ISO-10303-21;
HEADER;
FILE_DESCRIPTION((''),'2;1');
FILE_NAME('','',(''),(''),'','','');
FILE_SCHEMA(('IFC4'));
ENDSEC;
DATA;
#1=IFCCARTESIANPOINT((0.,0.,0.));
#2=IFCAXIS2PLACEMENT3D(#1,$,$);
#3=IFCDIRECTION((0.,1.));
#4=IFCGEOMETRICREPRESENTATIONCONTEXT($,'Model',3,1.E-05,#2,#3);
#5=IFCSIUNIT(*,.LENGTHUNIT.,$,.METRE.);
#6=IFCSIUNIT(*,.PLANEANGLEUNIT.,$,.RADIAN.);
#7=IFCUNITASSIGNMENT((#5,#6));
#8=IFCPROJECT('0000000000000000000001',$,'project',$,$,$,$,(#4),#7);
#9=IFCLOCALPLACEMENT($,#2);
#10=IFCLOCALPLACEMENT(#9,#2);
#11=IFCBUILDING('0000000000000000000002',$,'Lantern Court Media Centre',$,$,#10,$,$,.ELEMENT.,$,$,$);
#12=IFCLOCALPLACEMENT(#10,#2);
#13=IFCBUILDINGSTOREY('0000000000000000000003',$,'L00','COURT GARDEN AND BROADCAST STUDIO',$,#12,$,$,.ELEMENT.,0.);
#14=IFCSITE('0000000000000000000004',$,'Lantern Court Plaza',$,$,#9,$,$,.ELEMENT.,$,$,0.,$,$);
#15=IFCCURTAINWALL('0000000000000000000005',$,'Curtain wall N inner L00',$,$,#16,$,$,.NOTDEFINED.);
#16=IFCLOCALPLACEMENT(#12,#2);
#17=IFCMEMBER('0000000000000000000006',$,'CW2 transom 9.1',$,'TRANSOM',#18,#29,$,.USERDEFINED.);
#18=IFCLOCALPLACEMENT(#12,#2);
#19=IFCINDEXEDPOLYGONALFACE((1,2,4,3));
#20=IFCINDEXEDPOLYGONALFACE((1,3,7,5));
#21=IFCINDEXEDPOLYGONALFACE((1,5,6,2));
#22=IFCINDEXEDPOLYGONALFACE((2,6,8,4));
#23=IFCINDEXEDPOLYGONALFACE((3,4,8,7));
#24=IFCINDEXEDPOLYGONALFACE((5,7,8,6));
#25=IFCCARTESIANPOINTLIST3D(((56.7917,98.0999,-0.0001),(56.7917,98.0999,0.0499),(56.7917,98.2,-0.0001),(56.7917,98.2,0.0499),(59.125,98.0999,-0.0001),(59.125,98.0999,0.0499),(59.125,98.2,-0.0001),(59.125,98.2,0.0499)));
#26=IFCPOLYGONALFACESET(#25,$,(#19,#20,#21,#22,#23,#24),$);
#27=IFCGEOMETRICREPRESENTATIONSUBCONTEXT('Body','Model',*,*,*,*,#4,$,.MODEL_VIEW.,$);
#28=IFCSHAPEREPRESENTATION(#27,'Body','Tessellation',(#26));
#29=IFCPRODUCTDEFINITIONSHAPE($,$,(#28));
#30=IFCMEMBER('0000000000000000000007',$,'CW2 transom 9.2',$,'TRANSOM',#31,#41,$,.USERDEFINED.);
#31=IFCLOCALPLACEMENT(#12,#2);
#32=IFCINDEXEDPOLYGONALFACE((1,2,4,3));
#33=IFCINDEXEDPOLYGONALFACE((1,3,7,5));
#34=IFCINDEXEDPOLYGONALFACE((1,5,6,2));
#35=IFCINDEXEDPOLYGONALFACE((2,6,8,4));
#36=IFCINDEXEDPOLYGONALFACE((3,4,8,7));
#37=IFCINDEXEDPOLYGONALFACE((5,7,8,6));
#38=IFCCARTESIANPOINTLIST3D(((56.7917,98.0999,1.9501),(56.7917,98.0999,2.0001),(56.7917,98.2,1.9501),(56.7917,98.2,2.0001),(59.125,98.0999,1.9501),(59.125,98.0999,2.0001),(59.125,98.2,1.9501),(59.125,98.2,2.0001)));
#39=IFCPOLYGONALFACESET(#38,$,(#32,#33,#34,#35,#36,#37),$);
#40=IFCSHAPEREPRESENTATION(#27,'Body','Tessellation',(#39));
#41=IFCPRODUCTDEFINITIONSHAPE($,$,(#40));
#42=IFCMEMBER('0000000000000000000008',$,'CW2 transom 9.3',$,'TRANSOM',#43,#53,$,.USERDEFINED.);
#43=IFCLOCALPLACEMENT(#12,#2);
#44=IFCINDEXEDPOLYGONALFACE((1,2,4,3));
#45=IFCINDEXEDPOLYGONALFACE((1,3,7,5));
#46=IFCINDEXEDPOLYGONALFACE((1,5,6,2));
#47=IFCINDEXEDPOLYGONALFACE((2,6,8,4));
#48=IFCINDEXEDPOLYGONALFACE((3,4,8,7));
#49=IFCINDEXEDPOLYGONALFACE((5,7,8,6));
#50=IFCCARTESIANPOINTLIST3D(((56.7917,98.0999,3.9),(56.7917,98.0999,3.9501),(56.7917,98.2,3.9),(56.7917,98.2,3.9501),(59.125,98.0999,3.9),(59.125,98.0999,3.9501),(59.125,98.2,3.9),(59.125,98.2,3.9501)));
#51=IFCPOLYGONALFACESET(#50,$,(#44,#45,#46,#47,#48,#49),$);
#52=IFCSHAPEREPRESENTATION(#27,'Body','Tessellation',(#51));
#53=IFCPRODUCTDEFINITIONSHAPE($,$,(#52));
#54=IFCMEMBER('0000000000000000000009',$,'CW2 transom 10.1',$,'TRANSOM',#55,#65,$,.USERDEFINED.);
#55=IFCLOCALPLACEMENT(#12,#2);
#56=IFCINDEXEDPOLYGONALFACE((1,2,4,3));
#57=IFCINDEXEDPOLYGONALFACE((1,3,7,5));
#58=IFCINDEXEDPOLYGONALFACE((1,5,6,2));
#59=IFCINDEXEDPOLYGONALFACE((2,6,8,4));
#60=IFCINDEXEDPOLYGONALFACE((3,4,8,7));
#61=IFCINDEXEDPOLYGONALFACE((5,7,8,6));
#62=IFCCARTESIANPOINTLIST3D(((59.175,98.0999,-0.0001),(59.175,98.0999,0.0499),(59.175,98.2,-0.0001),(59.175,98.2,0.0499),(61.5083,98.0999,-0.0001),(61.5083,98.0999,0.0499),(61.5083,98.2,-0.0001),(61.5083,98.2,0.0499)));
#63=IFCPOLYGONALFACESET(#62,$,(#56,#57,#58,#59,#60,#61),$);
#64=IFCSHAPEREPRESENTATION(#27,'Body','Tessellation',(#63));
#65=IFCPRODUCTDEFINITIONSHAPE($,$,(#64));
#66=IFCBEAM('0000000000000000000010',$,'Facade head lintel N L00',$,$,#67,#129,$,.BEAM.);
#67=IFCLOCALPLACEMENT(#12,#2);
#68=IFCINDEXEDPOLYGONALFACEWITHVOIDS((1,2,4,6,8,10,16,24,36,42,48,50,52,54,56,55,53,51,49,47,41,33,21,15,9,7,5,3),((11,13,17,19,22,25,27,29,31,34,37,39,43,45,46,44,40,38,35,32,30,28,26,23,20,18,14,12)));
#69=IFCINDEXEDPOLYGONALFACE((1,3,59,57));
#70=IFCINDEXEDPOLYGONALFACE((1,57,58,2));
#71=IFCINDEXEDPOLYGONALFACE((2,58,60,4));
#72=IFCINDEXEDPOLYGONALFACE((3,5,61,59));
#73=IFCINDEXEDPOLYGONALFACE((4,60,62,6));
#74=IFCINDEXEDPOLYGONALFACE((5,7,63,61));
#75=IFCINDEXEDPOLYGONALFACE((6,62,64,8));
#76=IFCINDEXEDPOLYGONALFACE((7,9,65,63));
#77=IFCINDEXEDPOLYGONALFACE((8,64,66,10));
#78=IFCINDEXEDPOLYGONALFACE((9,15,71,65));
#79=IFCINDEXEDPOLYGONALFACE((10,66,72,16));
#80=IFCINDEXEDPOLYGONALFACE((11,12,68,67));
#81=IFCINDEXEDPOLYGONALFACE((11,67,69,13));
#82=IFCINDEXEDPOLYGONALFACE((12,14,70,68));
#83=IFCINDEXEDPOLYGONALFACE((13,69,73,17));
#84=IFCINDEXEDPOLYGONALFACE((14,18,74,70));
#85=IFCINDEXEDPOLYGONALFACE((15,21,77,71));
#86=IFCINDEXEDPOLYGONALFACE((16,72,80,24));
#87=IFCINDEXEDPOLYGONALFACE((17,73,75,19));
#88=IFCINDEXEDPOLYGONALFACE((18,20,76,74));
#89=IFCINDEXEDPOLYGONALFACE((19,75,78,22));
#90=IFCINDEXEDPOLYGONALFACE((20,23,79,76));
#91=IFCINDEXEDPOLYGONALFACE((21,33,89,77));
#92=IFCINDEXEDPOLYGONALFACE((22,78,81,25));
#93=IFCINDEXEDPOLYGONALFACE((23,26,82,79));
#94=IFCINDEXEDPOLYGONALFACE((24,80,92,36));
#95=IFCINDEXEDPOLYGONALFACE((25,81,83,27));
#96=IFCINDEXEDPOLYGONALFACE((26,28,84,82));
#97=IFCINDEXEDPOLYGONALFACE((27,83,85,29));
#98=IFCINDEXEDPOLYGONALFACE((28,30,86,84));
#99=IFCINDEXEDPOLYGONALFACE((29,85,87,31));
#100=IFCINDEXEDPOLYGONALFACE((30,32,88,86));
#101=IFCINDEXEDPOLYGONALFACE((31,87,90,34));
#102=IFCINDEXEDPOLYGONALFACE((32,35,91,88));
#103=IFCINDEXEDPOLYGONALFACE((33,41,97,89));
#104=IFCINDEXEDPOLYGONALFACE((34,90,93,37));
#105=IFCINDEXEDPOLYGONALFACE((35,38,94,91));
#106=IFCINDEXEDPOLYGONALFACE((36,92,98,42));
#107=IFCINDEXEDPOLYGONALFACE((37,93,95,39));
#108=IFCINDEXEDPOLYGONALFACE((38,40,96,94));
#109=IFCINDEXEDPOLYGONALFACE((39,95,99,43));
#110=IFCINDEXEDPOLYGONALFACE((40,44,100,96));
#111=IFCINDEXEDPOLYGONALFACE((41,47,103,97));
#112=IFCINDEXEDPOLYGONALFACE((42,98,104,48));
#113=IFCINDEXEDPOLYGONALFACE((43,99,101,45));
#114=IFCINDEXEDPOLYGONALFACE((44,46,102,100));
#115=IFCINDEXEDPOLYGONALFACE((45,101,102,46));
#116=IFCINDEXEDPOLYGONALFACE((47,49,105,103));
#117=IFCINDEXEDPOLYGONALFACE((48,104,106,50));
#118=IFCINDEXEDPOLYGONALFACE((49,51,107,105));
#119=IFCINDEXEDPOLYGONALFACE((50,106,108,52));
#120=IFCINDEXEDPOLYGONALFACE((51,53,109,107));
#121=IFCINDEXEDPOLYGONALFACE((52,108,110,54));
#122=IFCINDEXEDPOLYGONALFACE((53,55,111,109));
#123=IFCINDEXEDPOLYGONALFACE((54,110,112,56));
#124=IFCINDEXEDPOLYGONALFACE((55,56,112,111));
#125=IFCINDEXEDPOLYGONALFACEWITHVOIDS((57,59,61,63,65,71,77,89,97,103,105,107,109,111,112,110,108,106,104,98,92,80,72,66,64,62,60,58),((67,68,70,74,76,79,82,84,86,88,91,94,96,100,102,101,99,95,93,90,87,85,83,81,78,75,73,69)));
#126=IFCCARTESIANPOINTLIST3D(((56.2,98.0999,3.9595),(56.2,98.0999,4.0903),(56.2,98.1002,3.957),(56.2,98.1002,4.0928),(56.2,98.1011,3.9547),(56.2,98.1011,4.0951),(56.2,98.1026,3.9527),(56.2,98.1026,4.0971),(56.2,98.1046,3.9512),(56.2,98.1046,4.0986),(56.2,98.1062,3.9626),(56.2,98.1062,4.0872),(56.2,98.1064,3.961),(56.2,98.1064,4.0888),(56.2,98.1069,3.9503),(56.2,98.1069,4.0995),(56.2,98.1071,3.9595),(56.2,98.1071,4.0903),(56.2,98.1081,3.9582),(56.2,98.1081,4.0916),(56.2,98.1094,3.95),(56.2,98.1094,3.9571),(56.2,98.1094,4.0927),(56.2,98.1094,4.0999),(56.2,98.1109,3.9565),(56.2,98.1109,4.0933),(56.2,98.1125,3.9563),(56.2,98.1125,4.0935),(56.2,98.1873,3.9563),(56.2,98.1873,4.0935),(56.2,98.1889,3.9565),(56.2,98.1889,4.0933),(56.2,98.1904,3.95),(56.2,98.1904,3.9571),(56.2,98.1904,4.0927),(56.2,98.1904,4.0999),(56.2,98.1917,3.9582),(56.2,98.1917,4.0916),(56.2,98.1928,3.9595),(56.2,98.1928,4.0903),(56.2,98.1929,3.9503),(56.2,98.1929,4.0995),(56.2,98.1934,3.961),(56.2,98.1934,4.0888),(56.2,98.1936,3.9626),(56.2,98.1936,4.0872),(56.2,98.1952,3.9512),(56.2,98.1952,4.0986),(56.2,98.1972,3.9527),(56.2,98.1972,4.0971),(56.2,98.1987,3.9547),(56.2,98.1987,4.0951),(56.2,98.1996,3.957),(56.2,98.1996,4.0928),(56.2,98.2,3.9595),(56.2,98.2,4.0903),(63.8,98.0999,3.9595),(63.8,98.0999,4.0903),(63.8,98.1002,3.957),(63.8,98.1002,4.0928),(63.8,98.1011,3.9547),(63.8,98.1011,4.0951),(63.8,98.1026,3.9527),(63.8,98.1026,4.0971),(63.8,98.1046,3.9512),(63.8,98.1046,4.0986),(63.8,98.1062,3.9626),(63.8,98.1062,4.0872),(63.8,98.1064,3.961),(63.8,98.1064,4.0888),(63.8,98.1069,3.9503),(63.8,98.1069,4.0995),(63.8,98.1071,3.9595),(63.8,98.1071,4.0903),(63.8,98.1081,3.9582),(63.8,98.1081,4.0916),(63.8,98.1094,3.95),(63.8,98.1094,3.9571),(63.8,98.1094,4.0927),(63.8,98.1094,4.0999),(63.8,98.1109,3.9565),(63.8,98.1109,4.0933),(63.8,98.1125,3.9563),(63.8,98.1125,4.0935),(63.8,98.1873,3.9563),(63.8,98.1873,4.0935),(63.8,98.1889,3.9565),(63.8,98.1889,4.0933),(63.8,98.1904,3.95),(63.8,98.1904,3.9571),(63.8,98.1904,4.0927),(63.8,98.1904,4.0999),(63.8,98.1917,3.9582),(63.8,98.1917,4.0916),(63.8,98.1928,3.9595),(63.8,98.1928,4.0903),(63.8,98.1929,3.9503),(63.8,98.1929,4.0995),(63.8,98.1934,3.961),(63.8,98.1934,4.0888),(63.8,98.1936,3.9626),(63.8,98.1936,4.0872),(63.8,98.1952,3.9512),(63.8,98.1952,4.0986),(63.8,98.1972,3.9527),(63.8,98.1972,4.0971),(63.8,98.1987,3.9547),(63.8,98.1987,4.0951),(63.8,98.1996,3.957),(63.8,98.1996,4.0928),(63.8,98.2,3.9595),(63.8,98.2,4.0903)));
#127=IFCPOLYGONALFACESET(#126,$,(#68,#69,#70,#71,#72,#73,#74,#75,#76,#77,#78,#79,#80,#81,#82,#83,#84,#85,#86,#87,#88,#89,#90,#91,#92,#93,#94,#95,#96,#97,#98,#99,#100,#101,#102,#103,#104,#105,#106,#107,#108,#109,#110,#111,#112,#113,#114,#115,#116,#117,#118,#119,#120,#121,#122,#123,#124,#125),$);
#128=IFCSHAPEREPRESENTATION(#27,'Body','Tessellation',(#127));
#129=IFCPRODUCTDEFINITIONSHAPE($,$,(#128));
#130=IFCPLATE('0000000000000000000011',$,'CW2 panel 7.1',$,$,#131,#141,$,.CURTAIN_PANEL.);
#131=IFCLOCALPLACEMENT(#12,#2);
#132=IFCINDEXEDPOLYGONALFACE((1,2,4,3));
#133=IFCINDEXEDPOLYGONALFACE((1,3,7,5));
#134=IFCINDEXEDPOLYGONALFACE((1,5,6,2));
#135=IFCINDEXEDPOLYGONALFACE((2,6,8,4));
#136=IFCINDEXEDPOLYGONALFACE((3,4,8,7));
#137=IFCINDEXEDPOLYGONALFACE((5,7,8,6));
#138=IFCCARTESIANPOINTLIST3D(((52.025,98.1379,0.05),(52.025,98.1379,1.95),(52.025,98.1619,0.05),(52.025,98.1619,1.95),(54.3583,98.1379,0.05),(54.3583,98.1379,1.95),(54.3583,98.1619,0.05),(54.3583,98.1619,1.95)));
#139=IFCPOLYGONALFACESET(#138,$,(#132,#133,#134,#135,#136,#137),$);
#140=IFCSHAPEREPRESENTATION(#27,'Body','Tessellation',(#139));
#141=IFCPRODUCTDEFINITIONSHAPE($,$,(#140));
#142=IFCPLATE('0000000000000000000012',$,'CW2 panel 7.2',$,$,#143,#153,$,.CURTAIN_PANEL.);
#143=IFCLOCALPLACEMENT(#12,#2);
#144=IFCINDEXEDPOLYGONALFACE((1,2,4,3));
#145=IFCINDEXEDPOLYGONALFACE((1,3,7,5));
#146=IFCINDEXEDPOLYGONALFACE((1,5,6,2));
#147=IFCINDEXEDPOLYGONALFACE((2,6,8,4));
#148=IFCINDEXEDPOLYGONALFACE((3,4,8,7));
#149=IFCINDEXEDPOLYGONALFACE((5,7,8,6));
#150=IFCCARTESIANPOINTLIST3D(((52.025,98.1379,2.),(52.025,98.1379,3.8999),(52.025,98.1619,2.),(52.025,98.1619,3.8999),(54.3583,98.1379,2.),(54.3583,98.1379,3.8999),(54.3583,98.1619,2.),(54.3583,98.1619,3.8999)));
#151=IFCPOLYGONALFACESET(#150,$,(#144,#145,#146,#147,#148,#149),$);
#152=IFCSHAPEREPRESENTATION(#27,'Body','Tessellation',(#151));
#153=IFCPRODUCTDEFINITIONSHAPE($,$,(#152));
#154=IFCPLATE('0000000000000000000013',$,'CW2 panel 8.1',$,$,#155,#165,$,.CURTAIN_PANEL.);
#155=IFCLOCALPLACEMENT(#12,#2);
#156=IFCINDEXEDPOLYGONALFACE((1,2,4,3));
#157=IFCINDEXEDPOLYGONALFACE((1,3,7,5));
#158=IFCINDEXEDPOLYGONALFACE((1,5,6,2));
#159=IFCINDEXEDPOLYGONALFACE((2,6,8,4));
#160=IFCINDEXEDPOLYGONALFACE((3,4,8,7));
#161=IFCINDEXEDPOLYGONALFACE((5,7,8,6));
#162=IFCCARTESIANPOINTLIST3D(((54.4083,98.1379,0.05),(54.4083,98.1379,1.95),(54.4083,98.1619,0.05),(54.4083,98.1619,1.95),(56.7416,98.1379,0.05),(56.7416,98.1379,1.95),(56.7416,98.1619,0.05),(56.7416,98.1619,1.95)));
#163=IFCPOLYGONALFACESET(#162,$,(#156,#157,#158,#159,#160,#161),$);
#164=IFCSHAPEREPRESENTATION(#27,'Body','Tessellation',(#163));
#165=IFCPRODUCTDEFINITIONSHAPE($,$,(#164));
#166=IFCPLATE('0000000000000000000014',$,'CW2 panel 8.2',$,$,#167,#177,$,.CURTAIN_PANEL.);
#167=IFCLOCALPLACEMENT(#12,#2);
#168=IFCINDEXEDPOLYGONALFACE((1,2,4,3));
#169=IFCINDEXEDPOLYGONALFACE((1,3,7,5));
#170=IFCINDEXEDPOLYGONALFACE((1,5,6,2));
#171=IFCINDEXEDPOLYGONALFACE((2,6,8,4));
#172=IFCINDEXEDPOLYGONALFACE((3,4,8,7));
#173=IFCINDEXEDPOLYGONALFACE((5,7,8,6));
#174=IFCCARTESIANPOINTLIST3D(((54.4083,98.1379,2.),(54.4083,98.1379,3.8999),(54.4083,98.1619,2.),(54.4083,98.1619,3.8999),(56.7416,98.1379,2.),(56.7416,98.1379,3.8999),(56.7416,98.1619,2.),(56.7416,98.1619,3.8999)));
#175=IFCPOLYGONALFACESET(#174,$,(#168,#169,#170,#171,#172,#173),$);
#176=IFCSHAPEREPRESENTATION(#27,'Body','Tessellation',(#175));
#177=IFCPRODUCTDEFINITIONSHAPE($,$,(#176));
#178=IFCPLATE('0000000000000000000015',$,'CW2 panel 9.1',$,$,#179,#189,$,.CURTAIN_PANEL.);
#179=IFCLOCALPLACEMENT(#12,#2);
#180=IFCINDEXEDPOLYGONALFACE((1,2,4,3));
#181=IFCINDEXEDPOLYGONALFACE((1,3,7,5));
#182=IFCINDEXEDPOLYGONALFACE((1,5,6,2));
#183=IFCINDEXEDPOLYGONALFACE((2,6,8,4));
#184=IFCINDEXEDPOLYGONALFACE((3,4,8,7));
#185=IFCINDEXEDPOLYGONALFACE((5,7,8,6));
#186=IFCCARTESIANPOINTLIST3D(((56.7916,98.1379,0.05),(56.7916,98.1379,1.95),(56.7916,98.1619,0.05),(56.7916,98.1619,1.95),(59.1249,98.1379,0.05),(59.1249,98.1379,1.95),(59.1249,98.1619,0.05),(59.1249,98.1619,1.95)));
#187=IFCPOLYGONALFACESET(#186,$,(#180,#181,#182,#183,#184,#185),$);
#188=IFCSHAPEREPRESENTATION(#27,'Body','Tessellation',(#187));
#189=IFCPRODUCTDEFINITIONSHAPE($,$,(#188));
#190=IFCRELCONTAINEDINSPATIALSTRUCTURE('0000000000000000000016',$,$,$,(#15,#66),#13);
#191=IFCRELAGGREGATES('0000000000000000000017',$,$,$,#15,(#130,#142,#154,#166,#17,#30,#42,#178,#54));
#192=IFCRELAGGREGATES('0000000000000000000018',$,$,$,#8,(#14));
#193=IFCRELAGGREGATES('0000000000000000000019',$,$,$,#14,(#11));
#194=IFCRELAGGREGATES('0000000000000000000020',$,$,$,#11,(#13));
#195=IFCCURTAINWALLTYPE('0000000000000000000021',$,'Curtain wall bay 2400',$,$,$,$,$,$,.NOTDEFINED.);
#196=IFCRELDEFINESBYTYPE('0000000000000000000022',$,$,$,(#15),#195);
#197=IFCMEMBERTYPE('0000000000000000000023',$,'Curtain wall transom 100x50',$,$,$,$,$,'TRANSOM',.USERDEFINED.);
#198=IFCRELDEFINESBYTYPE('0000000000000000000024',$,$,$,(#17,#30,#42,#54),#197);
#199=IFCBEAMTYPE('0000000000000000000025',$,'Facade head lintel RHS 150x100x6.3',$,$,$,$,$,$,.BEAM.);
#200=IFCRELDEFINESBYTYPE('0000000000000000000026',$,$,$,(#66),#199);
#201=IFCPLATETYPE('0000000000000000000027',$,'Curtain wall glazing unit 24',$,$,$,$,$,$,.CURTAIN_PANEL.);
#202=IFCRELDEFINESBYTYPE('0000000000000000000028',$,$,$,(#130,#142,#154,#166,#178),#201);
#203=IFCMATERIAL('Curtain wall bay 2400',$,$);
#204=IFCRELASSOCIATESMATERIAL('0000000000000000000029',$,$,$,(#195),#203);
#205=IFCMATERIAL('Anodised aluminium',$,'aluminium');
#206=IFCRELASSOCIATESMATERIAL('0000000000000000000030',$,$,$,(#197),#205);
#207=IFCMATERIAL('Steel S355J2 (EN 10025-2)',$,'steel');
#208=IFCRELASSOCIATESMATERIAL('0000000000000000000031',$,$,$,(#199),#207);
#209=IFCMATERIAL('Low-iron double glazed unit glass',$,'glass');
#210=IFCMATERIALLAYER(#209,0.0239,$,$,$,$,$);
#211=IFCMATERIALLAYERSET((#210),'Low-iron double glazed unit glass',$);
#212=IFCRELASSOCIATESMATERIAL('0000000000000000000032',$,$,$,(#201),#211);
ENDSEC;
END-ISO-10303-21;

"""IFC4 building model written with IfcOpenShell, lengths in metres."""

from ifc_helpers import new_model, si_unit, direction, frame, origin, origin_2d, place, context, subcontext, project, spatial, rectangle, hollow_rectangle, extrude, material, layer, layer_set, material_profile, profile_set, type_object, element, aggregate, save


model = new_model("IFC4")

# Units and contexts
model_context = context("Model", 3, precision=1e-05, world=origin(), true_north=direction((0.0, 1.0)))
body_context = subcontext(model_context, "Body", "Model", "MODEL_VIEW")
ifc_project = project(units=[si_unit("LENGTHUNIT", "METRE"), si_unit("PLANEANGLEUNIT", "RADIAN")], contexts=[model_context])

# Site, building, storey
site_placement = place(None, origin())
site = spatial("IfcSite", under=ifc_project, at=site_placement, Name="Lantern Court Plaza", CompositionType="ELEMENT", RefElevation=0.0)
building_placement = place(site_placement, origin())
building = spatial("IfcBuilding", under=site, at=building_placement, Name="Lantern Court Media Centre", CompositionType="ELEMENT")
storey_placement = place(building_placement, origin())
storey = spatial("IfcBuildingStorey", under=building, at=storey_placement, Name="L00", Description="COURT GARDEN AND BROADCAST STUDIO", CompositionType="ELEMENT", Elevation=0.0)

# Shared definitions
ifc_material_1 = material(Name="Steel S355J2 (EN 10025-2)", Category="steel")

# Curtain wall, members
ifc_material_2 = material(Name="Curtain wall bay 2400")
curtain_wall_type = type_object("IfcCurtainWallType", Name="Curtain wall bay 2400", PredefinedType="NOTDEFINED", material=ifc_material_2)
curtain_wall_placement = place(storey_placement, origin())
curtain_wall = element("IfcCurtainWall", 1, at=curtain_wall_placement, inside=storey, type_object=curtain_wall_type, Name="Curtain wall N inner L00", PredefinedType="NOTDEFINED")
ifc_material_3 = material(Name="Anodised aluminium", Category="aluminium")
ifc_material_profile_1 = material_profile(ifc_material_3, rectangle(XDim=0.1001, YDim=0.05, at=origin_2d()), Name="AL 50x100")
ifc_profile_set_1 = profile_set([ifc_material_profile_1], Name="Anodised aluminium")
member_type_1 = type_object("IfcMemberType", Name="Curtain wall transom 100x50", ElementType="TRANSOM", PredefinedType="USERDEFINED", material=ifc_profile_set_1)
member_1_placement = place(storey_placement, frame((56.7917, 98.1499, 0.0249), z_axis=(1.0, 0.0, 0.0), x_axis=(0.0, 1.0, 0.0)))
member_1 = element("IfcMember", 2, at=member_1_placement, type_object=member_type_1, Name="CW2 transom 9.1", ObjectType="TRANSOM", PredefinedType="USERDEFINED", context=body_context, shape_type="SweptSolid", body=[
    extrude(rectangle(XDim=0.1001, YDim=0.05, at=origin_2d()), origin(), (0.0, 0.0, 1.0), 2.3333),
])
member_2_placement = place(storey_placement, frame((56.7917, 98.1499, 1.9751), z_axis=(1.0, 0.0, 0.0), x_axis=(0.0, 1.0, 0.0)))
member_2 = element("IfcMember", 3, at=member_2_placement, type_object=member_type_1, Name="CW2 transom 9.2", ObjectType="TRANSOM", PredefinedType="USERDEFINED", context=body_context, shape_type="SweptSolid", body=[
    extrude(rectangle(XDim=0.1001, YDim=0.05, at=origin_2d()), origin(), (0.0, 0.0, 1.0), 2.3333),
])
member_3_placement = place(storey_placement, frame((56.7917, 98.1499, 3.925), z_axis=(1.0, 0.0, 0.0), x_axis=(0.0, 1.0, 0.0)))
member_3 = element("IfcMember", 4, at=member_3_placement, type_object=member_type_1, Name="CW2 transom 9.3", ObjectType="TRANSOM", PredefinedType="USERDEFINED", context=body_context, shape_type="SweptSolid", body=[
    extrude(rectangle(XDim=0.1001, YDim=0.05, at=origin_2d()), origin(), (0.0, 0.0, 1.0), 2.3333),
])
member_4_placement = place(storey_placement, frame((59.175, 98.1499, 0.0249), z_axis=(1.0, 0.0, 0.0), x_axis=(0.0, 1.0, 0.0)))
member_4 = element("IfcMember", 5, at=member_4_placement, type_object=member_type_1, Name="CW2 transom 10.1", ObjectType="TRANSOM", PredefinedType="USERDEFINED", context=body_context, shape_type="SweptSolid", body=[
    extrude(rectangle(XDim=0.1001, YDim=0.05, at=origin_2d()), origin(), (0.0, 0.0, 1.0), 2.3333),
])

# Beam
ifc_material_profile_2 = material_profile(ifc_material_1, hollow_rectangle(XDim=0.1001, YDim=0.1499, WallThickness=0.0063, InnerFilletRadius=0.0063, OuterFilletRadius=0.0095, at=origin_2d()), Name="Facade head lintel RHS 150x100x6.3")
ifc_profile_set_2 = profile_set([ifc_material_profile_2], Name="Steel S355J2 (EN 10025-2)")
beam_type = type_object("IfcBeamType", Name="Facade head lintel RHS 150x100x6.3", PredefinedType="BEAM", material=ifc_profile_set_2)
beam_placement = place(storey_placement, frame((56.2, 98.1499, 4.0249), z_axis=(1.0, 0.0, 0.0), x_axis=(0.0, 1.0, 0.0)))
element("IfcBeam", 6, at=beam_placement, inside=storey, type_object=beam_type, Name="Facade head lintel N L00", PredefinedType="BEAM", context=body_context, shape_type="SweptSolid", body=[
    extrude(hollow_rectangle(XDim=0.1001, YDim=0.1499, WallThickness=0.0063, InnerFilletRadius=0.0063, OuterFilletRadius=0.0095, at=origin_2d()), origin(), (0.0, 0.0, 1.0), 7.6001),
])

# Plates
ifc_material_4 = material(Name="Low-iron double glazed unit glass", Category="glass")
ifc_layer_1 = layer(ifc_material_4, 0.0239)
ifc_layer_set_1 = layer_set([ifc_layer_1], Name="Low-iron double glazed unit glass")
plate_type = type_object("IfcPlateType", Name="Curtain wall glazing unit 24", PredefinedType="CURTAIN_PANEL", material=ifc_layer_set_1)
plate_1_placement = place(storey_placement, frame((53.1917, 98.1499, 0.05), z_axis=(0.0, 0.0, 1.0), x_axis=(1.0, 0.0, 0.0)))
plate_1 = element("IfcPlate", 7, at=plate_1_placement, type_object=plate_type, Name="CW2 panel 7.1", PredefinedType="CURTAIN_PANEL", context=body_context, shape_type="SweptSolid", body=[
    extrude(rectangle(XDim=2.3333, YDim=0.0239, at=origin_2d()), origin(), (0.0, 0.0, 1.0), 1.8999),
])
plate_2_placement = place(storey_placement, frame((53.1917, 98.1499, 2.0), z_axis=(0.0, 0.0, 1.0), x_axis=(1.0, 0.0, 0.0)))
plate_2 = element("IfcPlate", 8, at=plate_2_placement, type_object=plate_type, Name="CW2 panel 7.2", PredefinedType="CURTAIN_PANEL", context=body_context, shape_type="SweptSolid", body=[
    extrude(rectangle(XDim=2.3333, YDim=0.0239, at=origin_2d()), origin(), (0.0, 0.0, 1.0), 1.8999),
])
plate_3_placement = place(storey_placement, frame((55.575, 98.1499, 0.05), z_axis=(0.0, 0.0, 1.0), x_axis=(1.0, 0.0, 0.0)))
plate_3 = element("IfcPlate", 9, at=plate_3_placement, type_object=plate_type, Name="CW2 panel 8.1", PredefinedType="CURTAIN_PANEL", context=body_context, shape_type="SweptSolid", body=[
    extrude(rectangle(XDim=2.3333, YDim=0.0239, at=origin_2d()), origin(), (0.0, 0.0, 1.0), 1.8999),
])
plate_4_placement = place(storey_placement, frame((55.575, 98.1499, 2.0), z_axis=(0.0, 0.0, 1.0), x_axis=(1.0, 0.0, 0.0)))
plate_4 = element("IfcPlate", 10, at=plate_4_placement, type_object=plate_type, Name="CW2 panel 8.2", PredefinedType="CURTAIN_PANEL", context=body_context, shape_type="SweptSolid", body=[
    extrude(rectangle(XDim=2.3333, YDim=0.0239, at=origin_2d()), origin(), (0.0, 0.0, 1.0), 1.8999),
])
plate_5_placement = place(storey_placement, frame((57.9583, 98.1499, 0.05), z_axis=(0.0, 0.0, 1.0), x_axis=(1.0, 0.0, 0.0)))
plate_5 = element("IfcPlate", 11, at=plate_5_placement, type_object=plate_type, Name="CW2 panel 9.1", PredefinedType="CURTAIN_PANEL", context=body_context, shape_type="SweptSolid", body=[
    extrude(rectangle(XDim=2.3333, YDim=0.0239, at=origin_2d()), origin(), (0.0, 0.0, 1.0), 1.8999),
])
aggregate(curtain_wall, [plate_1, plate_2, plate_3, plate_4, member_1, member_2, member_3, plate_5, member_4])

save(model, "model.ifc")
